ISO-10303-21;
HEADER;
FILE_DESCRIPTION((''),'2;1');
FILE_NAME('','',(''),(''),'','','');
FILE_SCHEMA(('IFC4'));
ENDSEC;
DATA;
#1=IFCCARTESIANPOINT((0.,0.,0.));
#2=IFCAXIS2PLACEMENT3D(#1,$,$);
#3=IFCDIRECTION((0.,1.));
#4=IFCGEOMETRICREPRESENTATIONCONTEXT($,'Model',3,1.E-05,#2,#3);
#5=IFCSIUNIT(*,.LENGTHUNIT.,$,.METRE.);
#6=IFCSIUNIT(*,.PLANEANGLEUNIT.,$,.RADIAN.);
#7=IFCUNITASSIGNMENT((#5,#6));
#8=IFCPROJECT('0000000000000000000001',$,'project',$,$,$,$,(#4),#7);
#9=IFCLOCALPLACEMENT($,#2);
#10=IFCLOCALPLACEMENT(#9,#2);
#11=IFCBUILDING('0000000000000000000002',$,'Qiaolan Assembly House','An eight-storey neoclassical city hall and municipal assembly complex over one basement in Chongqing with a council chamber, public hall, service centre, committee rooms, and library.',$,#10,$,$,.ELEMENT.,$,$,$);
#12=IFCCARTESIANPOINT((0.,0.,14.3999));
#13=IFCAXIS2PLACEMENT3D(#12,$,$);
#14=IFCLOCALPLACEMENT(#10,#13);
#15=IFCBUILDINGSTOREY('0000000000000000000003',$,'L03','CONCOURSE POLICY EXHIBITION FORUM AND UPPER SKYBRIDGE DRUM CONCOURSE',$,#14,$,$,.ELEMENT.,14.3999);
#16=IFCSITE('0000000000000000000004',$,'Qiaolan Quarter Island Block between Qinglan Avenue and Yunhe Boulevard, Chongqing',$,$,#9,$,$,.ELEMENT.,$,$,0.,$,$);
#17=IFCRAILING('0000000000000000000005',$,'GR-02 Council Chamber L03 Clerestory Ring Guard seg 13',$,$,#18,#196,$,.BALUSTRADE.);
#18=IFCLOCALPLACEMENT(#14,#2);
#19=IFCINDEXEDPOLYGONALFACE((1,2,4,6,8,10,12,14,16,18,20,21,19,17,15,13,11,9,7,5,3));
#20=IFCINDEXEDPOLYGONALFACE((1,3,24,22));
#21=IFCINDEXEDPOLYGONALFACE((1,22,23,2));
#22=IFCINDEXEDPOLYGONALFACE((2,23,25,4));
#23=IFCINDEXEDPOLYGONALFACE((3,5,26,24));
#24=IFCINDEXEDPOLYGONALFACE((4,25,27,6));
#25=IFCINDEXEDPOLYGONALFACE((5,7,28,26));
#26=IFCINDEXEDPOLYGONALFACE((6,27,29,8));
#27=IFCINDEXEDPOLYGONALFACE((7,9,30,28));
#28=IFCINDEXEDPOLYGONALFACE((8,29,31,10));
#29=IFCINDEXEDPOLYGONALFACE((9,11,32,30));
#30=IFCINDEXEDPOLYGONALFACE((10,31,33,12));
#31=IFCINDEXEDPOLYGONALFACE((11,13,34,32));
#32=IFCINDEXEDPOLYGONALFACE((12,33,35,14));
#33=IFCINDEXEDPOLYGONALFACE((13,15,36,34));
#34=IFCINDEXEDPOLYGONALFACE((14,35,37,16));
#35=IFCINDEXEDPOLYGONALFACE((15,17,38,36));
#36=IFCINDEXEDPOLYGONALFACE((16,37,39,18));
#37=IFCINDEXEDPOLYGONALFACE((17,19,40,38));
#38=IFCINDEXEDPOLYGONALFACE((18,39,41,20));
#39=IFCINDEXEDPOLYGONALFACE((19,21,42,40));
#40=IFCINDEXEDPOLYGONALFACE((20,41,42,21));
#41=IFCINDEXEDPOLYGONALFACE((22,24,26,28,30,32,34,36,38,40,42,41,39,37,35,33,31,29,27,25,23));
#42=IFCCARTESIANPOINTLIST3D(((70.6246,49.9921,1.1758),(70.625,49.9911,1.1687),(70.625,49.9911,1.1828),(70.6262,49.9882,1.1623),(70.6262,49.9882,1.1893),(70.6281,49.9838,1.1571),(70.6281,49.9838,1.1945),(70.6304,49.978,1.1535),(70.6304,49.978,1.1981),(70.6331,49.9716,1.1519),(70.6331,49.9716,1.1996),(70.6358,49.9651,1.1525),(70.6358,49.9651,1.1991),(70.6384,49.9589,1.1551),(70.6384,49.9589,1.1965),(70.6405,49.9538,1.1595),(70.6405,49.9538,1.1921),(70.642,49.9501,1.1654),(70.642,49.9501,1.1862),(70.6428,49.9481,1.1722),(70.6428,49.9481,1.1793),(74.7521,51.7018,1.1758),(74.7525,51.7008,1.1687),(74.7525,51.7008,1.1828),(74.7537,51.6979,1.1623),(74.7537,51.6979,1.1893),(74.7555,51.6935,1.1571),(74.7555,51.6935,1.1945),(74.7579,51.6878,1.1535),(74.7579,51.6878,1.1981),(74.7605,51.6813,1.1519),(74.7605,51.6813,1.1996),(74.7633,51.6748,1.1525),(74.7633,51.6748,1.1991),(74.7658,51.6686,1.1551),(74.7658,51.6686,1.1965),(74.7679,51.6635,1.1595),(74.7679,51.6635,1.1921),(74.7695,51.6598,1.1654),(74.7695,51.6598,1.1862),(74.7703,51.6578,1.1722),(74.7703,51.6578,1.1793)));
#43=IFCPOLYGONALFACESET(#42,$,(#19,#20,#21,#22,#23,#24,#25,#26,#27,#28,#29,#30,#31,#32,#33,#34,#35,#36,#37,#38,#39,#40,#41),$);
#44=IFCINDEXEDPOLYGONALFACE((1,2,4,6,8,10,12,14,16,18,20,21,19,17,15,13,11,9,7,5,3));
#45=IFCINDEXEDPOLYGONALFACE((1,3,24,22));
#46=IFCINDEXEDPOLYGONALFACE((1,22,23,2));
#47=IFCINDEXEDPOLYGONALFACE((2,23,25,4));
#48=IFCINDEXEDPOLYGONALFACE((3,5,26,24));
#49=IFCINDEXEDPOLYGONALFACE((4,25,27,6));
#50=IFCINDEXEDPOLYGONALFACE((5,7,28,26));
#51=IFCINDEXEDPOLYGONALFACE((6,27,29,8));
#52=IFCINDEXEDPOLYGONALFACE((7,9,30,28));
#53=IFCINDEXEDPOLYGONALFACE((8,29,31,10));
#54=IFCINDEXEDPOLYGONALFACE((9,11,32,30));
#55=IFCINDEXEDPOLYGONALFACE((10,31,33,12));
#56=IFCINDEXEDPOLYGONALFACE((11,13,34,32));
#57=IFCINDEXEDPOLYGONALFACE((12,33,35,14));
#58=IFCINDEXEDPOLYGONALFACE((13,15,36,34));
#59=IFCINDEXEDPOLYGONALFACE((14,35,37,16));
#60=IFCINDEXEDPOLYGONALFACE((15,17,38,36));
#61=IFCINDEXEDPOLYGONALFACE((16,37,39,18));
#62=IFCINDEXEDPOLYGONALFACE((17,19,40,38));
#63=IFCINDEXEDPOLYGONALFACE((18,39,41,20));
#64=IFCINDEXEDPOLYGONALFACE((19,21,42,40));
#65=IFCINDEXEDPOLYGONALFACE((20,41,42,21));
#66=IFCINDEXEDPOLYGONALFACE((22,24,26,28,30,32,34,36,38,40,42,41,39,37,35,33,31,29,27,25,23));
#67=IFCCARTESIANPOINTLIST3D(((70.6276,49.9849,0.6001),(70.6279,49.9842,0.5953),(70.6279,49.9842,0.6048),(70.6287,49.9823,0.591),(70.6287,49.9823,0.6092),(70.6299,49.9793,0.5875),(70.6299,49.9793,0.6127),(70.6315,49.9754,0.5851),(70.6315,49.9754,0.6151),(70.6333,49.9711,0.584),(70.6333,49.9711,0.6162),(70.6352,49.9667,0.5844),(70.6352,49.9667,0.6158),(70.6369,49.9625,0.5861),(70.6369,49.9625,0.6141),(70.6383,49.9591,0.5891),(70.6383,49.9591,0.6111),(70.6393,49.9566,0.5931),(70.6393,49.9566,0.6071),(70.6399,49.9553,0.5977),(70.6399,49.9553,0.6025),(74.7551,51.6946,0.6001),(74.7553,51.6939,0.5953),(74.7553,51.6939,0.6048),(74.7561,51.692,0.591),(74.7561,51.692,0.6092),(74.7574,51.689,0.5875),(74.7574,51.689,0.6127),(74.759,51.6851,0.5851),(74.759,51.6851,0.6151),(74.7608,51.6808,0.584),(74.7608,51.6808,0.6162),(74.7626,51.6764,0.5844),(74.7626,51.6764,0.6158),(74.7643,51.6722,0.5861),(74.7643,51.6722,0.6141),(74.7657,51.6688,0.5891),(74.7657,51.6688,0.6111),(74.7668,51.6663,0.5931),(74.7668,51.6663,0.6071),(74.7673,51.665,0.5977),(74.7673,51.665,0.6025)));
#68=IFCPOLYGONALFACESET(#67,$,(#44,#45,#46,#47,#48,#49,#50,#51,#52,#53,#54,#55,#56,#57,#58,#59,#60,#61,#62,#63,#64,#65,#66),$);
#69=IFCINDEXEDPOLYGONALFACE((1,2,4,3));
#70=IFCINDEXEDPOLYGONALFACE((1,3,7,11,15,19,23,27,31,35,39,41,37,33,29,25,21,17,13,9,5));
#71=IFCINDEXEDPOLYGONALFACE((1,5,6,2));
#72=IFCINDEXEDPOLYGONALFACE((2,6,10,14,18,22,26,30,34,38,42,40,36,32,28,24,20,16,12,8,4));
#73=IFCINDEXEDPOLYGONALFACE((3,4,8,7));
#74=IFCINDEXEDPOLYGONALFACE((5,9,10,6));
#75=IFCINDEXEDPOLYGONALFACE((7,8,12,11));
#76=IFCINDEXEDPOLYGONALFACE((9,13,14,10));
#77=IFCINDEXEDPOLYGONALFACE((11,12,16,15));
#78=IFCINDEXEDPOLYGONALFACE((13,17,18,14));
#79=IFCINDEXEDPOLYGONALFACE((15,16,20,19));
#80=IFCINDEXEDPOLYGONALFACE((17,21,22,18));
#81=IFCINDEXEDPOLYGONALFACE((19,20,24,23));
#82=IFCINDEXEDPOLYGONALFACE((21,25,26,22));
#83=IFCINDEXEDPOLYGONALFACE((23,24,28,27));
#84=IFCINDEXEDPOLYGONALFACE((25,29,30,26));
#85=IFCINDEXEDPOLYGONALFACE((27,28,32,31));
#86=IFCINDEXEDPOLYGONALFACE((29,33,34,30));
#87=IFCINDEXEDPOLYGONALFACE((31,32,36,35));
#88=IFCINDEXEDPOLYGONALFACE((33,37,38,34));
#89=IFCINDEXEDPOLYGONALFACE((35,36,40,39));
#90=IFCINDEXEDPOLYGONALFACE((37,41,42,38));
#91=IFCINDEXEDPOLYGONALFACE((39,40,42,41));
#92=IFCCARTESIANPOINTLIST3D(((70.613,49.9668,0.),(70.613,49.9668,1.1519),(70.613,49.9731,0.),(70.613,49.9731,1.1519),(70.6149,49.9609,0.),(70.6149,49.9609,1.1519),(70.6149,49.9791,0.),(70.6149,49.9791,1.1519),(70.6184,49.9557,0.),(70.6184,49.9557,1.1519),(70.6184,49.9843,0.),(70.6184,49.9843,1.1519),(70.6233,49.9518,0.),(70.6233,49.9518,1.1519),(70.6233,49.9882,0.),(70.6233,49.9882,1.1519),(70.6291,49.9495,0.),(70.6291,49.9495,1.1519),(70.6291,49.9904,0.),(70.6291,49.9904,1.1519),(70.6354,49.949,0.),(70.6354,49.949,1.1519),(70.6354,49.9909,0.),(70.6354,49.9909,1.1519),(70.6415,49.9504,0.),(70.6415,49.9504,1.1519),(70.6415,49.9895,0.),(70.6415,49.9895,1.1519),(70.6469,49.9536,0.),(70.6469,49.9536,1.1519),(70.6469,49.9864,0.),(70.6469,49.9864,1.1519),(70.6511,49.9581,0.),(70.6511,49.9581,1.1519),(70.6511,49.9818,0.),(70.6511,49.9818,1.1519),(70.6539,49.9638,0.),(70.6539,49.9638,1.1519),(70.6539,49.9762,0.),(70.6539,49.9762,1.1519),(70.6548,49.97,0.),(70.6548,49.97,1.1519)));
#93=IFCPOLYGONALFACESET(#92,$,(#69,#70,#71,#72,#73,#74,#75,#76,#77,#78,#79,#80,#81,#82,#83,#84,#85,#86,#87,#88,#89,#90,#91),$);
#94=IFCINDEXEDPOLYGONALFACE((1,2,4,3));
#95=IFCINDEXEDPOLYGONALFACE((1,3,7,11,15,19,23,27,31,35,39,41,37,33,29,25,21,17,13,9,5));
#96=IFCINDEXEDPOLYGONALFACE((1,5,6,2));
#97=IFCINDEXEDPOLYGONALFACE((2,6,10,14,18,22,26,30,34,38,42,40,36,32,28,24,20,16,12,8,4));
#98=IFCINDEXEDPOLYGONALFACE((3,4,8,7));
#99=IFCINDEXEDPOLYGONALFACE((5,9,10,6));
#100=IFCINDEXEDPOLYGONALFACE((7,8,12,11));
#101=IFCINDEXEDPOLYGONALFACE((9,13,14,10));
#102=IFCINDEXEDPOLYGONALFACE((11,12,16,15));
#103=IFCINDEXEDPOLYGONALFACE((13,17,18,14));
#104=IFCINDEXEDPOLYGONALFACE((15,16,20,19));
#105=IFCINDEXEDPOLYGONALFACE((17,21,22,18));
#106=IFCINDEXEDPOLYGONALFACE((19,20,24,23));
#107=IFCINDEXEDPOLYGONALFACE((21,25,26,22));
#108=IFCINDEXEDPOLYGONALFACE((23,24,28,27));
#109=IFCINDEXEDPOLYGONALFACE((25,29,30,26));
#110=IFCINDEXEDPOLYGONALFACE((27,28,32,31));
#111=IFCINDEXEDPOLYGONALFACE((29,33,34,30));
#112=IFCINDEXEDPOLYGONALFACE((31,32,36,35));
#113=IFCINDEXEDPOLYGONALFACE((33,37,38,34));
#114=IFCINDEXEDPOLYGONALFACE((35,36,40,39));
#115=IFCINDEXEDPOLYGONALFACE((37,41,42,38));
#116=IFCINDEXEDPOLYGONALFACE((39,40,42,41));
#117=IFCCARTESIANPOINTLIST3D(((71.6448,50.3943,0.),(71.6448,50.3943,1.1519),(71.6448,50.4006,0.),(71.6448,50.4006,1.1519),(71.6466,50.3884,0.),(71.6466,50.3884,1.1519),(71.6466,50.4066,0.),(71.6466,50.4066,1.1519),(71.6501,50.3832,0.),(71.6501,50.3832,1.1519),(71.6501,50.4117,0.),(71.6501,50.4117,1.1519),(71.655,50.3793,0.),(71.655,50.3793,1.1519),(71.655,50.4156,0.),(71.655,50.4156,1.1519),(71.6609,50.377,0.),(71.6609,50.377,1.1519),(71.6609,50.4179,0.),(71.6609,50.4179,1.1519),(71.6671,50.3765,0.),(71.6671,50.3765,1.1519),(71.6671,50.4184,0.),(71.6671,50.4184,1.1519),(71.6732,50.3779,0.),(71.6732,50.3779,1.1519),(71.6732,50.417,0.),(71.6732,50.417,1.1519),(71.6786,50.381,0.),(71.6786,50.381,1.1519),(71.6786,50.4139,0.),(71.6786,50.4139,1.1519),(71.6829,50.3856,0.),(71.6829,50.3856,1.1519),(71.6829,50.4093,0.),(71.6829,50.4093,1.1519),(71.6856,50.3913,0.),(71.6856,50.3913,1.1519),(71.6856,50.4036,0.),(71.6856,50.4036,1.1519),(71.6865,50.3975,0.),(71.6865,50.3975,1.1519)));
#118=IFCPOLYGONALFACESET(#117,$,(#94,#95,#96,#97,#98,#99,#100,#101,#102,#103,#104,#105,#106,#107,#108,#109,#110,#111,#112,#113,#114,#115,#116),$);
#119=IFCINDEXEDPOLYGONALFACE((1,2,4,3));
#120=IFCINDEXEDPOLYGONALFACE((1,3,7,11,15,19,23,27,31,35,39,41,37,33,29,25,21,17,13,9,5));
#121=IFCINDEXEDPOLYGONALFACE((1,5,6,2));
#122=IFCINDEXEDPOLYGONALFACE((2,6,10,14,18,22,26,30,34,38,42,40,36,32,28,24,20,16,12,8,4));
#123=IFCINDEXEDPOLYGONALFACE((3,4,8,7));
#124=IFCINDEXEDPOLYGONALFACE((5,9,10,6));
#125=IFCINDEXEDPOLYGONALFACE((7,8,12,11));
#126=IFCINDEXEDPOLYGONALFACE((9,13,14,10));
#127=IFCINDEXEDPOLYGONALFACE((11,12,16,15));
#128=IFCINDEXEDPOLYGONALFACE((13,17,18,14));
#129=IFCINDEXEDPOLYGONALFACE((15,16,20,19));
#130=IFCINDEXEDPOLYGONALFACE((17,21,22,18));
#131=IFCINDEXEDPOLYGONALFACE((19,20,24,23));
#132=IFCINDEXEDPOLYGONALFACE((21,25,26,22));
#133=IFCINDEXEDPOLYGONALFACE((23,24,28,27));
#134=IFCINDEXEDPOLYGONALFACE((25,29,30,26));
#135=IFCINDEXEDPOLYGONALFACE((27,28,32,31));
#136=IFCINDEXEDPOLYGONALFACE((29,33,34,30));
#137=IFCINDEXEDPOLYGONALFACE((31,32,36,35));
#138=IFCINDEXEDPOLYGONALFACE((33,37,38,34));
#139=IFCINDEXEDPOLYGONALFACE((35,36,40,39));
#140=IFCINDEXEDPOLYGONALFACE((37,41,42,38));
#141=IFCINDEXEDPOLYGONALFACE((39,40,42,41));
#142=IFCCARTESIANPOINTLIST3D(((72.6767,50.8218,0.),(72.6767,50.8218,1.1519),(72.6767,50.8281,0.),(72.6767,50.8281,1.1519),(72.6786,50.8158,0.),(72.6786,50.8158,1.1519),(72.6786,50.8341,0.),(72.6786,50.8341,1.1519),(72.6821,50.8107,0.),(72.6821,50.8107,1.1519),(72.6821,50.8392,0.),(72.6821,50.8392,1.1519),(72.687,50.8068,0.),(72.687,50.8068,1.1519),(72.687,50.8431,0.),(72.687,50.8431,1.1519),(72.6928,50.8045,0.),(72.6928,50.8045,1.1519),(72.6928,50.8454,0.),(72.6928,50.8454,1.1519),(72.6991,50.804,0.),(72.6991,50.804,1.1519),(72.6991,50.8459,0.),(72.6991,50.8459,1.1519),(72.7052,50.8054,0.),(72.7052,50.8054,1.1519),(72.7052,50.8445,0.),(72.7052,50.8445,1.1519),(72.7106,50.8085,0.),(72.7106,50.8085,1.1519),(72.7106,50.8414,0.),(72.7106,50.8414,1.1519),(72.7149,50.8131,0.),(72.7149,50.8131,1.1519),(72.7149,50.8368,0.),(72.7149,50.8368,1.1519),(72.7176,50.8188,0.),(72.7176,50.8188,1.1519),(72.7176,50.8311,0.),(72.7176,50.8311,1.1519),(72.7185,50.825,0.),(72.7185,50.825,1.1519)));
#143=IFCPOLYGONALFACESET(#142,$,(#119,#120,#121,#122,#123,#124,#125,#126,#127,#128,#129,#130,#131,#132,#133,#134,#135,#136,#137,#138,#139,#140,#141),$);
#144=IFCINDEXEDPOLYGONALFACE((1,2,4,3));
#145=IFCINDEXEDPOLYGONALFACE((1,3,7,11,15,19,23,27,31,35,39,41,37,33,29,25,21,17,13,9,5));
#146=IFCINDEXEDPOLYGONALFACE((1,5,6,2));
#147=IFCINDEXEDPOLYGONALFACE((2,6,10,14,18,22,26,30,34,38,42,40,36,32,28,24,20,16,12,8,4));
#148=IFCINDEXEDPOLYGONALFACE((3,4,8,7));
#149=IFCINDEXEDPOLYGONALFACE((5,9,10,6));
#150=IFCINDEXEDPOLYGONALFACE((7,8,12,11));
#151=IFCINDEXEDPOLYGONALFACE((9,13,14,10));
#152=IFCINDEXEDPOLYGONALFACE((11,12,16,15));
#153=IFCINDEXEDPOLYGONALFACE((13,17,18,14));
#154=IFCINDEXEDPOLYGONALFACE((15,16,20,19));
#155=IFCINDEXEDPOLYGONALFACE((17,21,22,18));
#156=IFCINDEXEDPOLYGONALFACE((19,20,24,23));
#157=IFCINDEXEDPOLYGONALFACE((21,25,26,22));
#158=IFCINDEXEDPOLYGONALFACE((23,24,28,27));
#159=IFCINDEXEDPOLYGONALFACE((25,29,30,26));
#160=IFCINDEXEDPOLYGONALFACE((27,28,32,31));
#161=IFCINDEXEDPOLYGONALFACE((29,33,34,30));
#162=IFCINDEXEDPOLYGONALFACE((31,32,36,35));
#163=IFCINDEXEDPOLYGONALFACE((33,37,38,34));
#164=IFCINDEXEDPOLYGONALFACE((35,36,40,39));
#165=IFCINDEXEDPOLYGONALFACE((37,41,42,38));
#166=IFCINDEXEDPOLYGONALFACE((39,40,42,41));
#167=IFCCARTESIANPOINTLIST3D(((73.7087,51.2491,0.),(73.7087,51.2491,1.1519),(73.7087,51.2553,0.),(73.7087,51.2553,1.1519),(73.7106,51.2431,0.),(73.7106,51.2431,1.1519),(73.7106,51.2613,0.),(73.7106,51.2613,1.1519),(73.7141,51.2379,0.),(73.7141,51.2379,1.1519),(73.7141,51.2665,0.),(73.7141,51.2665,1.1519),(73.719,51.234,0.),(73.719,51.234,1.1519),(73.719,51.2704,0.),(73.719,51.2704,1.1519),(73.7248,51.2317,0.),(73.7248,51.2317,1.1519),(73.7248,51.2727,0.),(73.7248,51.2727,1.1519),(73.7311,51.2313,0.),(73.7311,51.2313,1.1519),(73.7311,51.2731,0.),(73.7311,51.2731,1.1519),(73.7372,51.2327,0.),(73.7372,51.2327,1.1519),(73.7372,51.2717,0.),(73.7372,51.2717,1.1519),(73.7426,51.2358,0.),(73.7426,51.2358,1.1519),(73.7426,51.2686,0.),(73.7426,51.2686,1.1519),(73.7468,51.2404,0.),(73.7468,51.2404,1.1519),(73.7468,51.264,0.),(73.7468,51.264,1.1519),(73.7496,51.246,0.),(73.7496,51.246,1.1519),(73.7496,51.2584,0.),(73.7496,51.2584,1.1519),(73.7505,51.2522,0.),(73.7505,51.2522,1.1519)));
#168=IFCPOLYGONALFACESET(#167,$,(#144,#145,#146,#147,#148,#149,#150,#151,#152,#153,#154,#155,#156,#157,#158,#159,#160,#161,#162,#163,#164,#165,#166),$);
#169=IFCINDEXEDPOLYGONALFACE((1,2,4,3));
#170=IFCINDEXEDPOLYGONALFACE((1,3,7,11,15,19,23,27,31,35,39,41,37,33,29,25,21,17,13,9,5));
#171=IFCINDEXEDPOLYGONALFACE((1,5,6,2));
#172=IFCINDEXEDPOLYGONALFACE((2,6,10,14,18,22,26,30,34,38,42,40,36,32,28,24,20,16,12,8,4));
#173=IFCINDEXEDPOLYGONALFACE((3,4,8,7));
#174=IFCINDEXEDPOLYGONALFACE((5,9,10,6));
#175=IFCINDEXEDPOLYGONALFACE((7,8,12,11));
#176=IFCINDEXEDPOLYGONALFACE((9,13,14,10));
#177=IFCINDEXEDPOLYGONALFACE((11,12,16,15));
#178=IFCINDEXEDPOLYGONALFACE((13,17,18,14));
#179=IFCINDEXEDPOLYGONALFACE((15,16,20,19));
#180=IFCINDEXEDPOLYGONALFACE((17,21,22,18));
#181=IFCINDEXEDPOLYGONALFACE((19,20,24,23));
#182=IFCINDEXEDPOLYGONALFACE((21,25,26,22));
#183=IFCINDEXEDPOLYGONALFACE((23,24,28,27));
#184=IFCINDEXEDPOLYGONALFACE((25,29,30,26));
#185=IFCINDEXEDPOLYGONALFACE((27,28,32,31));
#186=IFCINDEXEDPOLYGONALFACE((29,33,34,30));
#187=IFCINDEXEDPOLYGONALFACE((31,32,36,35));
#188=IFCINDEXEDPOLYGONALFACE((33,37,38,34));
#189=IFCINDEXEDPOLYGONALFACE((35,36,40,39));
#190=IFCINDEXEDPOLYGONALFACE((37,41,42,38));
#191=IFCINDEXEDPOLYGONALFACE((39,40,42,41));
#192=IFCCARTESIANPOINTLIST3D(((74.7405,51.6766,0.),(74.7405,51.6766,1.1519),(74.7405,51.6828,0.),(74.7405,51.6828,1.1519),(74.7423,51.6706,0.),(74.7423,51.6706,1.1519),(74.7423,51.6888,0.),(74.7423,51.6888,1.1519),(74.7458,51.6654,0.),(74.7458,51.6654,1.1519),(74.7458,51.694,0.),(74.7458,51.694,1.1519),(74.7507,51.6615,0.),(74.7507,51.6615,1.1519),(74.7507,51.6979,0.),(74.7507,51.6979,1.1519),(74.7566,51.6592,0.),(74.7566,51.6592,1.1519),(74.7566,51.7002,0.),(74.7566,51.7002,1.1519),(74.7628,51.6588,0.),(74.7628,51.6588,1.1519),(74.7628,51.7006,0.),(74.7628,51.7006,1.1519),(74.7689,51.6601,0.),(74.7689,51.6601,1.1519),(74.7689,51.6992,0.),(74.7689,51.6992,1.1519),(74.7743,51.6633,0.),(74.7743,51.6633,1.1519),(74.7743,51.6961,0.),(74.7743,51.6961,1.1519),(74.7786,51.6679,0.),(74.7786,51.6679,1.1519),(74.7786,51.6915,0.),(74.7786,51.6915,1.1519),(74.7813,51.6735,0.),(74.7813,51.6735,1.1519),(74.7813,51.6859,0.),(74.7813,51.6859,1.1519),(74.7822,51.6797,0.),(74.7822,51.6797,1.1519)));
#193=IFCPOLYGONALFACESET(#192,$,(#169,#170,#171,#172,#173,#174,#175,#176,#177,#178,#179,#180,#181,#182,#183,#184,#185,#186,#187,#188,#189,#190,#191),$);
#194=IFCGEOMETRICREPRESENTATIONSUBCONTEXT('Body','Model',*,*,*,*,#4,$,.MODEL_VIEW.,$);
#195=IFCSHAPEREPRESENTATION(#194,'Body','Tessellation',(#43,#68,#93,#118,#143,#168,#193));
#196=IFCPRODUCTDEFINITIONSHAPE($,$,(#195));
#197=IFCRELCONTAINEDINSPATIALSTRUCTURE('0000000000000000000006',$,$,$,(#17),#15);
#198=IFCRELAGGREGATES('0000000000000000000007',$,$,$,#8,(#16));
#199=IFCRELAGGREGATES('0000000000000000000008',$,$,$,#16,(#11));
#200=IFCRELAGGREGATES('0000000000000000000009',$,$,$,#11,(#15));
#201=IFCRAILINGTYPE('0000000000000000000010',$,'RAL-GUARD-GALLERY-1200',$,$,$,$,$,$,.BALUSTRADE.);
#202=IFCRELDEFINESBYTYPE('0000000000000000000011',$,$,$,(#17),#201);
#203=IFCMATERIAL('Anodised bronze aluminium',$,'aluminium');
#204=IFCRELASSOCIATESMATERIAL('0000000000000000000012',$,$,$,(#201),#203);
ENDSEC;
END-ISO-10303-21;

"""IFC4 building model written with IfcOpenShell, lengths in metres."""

from ifc_helpers import new_model, si_unit, direction, frame, origin, origin_2d, place, context, subcontext, project, spatial, circle, extrude, material, type_object, element, save


model = new_model("IFC4")

# Units and contexts
model_context = context("Model", 3, precision=1e-05, world=origin(), true_north=direction((0.0, 1.0)))
body_context = subcontext(model_context, "Body", "Model", "MODEL_VIEW")
ifc_project = project(units=[si_unit("LENGTHUNIT", "METRE"), si_unit("PLANEANGLEUNIT", "RADIAN")], contexts=[model_context])

# Site, building, storey
site_placement = place(None, origin())
site = spatial("IfcSite", under=ifc_project, at=site_placement, Name="Qiaolan Quarter Island Block between Qinglan Avenue and Yunhe Boulevard, Chongqing", CompositionType="ELEMENT", RefElevation=0.0)
building_placement = place(site_placement, origin())
building = spatial("IfcBuilding", under=site, at=building_placement, Name="Qiaolan Assembly House", Description="An eight-storey neoclassical city hall and municipal assembly complex over one basement in Chongqing with a council chamber, public hall, service centre, committee rooms, and library.", CompositionType="ELEMENT")
storey_placement = place(building_placement, frame((0.0, 0.0, 14.3999)))
storey = spatial("IfcBuildingStorey", under=building, at=storey_placement, Name="L03", Description="CONCOURSE POLICY EXHIBITION FORUM AND UPPER SKYBRIDGE DRUM CONCOURSE", CompositionType="ELEMENT", Elevation=14.3999)

# Shared definitions
ifc_material_1 = material(Name="Anodised bronze aluminium", Category="aluminium")

# Railing
railing_type = type_object("IfcRailingType", Name="RAL-GUARD-GALLERY-1200", PredefinedType="BALUSTRADE", material=ifc_material_1)
railing_1_placement = place(storey_placement, frame((70.6338, 49.97, 0.0)))
element("IfcRailing", 1, at=railing_1_placement, inside=storey, type_object=railing_type, Name="GR-02 Council Chamber L03 Clerestory Ring Guard seg 13", PredefinedType="BALUSTRADE", context=body_context, shape_type="SweptSolid", body=[
    extrude(circle(Radius=0.0239, at=origin_2d()), frame((0.0, 0.0, 1.1758), z_axis=(0.923874, 0.382698, 0.0), x_axis=(-0.382698, 0.923874, 0.0)), (0.0, 0.0, 1.0), 4.4675),
    extrude(circle(Radius=0.0161, at=origin_2d()), frame((0.0, 0.0, 0.6001), z_axis=(0.923874, 0.382698, 0.0), x_axis=(-0.382698, 0.923874, 0.0)), (0.0, 0.0, 1.0), 4.4675),
    extrude(circle(Radius=0.021, at=origin_2d()), origin(), (0.0, 0.0, 1.0), 1.1519),
    extrude(circle(Radius=0.021, at=origin_2d()), frame((1.0317, 0.4275, 0.0)), (0.0, 0.0, 1.0), 1.1519),
    extrude(circle(Radius=0.021, at=origin_2d()), frame((2.0637, 0.855, 0.0)), (0.0, 0.0, 1.0), 1.1519),
    extrude(circle(Radius=0.021, at=origin_2d()), frame((3.0957, 1.2822, 0.0)), (0.0, 0.0, 1.0), 1.1519),
    extrude(circle(Radius=0.021, at=origin_2d()), frame((4.1274, 1.7097, 0.0)), (0.0, 0.0, 1.0), 1.1519),
])

save(model, "model.ifc")
